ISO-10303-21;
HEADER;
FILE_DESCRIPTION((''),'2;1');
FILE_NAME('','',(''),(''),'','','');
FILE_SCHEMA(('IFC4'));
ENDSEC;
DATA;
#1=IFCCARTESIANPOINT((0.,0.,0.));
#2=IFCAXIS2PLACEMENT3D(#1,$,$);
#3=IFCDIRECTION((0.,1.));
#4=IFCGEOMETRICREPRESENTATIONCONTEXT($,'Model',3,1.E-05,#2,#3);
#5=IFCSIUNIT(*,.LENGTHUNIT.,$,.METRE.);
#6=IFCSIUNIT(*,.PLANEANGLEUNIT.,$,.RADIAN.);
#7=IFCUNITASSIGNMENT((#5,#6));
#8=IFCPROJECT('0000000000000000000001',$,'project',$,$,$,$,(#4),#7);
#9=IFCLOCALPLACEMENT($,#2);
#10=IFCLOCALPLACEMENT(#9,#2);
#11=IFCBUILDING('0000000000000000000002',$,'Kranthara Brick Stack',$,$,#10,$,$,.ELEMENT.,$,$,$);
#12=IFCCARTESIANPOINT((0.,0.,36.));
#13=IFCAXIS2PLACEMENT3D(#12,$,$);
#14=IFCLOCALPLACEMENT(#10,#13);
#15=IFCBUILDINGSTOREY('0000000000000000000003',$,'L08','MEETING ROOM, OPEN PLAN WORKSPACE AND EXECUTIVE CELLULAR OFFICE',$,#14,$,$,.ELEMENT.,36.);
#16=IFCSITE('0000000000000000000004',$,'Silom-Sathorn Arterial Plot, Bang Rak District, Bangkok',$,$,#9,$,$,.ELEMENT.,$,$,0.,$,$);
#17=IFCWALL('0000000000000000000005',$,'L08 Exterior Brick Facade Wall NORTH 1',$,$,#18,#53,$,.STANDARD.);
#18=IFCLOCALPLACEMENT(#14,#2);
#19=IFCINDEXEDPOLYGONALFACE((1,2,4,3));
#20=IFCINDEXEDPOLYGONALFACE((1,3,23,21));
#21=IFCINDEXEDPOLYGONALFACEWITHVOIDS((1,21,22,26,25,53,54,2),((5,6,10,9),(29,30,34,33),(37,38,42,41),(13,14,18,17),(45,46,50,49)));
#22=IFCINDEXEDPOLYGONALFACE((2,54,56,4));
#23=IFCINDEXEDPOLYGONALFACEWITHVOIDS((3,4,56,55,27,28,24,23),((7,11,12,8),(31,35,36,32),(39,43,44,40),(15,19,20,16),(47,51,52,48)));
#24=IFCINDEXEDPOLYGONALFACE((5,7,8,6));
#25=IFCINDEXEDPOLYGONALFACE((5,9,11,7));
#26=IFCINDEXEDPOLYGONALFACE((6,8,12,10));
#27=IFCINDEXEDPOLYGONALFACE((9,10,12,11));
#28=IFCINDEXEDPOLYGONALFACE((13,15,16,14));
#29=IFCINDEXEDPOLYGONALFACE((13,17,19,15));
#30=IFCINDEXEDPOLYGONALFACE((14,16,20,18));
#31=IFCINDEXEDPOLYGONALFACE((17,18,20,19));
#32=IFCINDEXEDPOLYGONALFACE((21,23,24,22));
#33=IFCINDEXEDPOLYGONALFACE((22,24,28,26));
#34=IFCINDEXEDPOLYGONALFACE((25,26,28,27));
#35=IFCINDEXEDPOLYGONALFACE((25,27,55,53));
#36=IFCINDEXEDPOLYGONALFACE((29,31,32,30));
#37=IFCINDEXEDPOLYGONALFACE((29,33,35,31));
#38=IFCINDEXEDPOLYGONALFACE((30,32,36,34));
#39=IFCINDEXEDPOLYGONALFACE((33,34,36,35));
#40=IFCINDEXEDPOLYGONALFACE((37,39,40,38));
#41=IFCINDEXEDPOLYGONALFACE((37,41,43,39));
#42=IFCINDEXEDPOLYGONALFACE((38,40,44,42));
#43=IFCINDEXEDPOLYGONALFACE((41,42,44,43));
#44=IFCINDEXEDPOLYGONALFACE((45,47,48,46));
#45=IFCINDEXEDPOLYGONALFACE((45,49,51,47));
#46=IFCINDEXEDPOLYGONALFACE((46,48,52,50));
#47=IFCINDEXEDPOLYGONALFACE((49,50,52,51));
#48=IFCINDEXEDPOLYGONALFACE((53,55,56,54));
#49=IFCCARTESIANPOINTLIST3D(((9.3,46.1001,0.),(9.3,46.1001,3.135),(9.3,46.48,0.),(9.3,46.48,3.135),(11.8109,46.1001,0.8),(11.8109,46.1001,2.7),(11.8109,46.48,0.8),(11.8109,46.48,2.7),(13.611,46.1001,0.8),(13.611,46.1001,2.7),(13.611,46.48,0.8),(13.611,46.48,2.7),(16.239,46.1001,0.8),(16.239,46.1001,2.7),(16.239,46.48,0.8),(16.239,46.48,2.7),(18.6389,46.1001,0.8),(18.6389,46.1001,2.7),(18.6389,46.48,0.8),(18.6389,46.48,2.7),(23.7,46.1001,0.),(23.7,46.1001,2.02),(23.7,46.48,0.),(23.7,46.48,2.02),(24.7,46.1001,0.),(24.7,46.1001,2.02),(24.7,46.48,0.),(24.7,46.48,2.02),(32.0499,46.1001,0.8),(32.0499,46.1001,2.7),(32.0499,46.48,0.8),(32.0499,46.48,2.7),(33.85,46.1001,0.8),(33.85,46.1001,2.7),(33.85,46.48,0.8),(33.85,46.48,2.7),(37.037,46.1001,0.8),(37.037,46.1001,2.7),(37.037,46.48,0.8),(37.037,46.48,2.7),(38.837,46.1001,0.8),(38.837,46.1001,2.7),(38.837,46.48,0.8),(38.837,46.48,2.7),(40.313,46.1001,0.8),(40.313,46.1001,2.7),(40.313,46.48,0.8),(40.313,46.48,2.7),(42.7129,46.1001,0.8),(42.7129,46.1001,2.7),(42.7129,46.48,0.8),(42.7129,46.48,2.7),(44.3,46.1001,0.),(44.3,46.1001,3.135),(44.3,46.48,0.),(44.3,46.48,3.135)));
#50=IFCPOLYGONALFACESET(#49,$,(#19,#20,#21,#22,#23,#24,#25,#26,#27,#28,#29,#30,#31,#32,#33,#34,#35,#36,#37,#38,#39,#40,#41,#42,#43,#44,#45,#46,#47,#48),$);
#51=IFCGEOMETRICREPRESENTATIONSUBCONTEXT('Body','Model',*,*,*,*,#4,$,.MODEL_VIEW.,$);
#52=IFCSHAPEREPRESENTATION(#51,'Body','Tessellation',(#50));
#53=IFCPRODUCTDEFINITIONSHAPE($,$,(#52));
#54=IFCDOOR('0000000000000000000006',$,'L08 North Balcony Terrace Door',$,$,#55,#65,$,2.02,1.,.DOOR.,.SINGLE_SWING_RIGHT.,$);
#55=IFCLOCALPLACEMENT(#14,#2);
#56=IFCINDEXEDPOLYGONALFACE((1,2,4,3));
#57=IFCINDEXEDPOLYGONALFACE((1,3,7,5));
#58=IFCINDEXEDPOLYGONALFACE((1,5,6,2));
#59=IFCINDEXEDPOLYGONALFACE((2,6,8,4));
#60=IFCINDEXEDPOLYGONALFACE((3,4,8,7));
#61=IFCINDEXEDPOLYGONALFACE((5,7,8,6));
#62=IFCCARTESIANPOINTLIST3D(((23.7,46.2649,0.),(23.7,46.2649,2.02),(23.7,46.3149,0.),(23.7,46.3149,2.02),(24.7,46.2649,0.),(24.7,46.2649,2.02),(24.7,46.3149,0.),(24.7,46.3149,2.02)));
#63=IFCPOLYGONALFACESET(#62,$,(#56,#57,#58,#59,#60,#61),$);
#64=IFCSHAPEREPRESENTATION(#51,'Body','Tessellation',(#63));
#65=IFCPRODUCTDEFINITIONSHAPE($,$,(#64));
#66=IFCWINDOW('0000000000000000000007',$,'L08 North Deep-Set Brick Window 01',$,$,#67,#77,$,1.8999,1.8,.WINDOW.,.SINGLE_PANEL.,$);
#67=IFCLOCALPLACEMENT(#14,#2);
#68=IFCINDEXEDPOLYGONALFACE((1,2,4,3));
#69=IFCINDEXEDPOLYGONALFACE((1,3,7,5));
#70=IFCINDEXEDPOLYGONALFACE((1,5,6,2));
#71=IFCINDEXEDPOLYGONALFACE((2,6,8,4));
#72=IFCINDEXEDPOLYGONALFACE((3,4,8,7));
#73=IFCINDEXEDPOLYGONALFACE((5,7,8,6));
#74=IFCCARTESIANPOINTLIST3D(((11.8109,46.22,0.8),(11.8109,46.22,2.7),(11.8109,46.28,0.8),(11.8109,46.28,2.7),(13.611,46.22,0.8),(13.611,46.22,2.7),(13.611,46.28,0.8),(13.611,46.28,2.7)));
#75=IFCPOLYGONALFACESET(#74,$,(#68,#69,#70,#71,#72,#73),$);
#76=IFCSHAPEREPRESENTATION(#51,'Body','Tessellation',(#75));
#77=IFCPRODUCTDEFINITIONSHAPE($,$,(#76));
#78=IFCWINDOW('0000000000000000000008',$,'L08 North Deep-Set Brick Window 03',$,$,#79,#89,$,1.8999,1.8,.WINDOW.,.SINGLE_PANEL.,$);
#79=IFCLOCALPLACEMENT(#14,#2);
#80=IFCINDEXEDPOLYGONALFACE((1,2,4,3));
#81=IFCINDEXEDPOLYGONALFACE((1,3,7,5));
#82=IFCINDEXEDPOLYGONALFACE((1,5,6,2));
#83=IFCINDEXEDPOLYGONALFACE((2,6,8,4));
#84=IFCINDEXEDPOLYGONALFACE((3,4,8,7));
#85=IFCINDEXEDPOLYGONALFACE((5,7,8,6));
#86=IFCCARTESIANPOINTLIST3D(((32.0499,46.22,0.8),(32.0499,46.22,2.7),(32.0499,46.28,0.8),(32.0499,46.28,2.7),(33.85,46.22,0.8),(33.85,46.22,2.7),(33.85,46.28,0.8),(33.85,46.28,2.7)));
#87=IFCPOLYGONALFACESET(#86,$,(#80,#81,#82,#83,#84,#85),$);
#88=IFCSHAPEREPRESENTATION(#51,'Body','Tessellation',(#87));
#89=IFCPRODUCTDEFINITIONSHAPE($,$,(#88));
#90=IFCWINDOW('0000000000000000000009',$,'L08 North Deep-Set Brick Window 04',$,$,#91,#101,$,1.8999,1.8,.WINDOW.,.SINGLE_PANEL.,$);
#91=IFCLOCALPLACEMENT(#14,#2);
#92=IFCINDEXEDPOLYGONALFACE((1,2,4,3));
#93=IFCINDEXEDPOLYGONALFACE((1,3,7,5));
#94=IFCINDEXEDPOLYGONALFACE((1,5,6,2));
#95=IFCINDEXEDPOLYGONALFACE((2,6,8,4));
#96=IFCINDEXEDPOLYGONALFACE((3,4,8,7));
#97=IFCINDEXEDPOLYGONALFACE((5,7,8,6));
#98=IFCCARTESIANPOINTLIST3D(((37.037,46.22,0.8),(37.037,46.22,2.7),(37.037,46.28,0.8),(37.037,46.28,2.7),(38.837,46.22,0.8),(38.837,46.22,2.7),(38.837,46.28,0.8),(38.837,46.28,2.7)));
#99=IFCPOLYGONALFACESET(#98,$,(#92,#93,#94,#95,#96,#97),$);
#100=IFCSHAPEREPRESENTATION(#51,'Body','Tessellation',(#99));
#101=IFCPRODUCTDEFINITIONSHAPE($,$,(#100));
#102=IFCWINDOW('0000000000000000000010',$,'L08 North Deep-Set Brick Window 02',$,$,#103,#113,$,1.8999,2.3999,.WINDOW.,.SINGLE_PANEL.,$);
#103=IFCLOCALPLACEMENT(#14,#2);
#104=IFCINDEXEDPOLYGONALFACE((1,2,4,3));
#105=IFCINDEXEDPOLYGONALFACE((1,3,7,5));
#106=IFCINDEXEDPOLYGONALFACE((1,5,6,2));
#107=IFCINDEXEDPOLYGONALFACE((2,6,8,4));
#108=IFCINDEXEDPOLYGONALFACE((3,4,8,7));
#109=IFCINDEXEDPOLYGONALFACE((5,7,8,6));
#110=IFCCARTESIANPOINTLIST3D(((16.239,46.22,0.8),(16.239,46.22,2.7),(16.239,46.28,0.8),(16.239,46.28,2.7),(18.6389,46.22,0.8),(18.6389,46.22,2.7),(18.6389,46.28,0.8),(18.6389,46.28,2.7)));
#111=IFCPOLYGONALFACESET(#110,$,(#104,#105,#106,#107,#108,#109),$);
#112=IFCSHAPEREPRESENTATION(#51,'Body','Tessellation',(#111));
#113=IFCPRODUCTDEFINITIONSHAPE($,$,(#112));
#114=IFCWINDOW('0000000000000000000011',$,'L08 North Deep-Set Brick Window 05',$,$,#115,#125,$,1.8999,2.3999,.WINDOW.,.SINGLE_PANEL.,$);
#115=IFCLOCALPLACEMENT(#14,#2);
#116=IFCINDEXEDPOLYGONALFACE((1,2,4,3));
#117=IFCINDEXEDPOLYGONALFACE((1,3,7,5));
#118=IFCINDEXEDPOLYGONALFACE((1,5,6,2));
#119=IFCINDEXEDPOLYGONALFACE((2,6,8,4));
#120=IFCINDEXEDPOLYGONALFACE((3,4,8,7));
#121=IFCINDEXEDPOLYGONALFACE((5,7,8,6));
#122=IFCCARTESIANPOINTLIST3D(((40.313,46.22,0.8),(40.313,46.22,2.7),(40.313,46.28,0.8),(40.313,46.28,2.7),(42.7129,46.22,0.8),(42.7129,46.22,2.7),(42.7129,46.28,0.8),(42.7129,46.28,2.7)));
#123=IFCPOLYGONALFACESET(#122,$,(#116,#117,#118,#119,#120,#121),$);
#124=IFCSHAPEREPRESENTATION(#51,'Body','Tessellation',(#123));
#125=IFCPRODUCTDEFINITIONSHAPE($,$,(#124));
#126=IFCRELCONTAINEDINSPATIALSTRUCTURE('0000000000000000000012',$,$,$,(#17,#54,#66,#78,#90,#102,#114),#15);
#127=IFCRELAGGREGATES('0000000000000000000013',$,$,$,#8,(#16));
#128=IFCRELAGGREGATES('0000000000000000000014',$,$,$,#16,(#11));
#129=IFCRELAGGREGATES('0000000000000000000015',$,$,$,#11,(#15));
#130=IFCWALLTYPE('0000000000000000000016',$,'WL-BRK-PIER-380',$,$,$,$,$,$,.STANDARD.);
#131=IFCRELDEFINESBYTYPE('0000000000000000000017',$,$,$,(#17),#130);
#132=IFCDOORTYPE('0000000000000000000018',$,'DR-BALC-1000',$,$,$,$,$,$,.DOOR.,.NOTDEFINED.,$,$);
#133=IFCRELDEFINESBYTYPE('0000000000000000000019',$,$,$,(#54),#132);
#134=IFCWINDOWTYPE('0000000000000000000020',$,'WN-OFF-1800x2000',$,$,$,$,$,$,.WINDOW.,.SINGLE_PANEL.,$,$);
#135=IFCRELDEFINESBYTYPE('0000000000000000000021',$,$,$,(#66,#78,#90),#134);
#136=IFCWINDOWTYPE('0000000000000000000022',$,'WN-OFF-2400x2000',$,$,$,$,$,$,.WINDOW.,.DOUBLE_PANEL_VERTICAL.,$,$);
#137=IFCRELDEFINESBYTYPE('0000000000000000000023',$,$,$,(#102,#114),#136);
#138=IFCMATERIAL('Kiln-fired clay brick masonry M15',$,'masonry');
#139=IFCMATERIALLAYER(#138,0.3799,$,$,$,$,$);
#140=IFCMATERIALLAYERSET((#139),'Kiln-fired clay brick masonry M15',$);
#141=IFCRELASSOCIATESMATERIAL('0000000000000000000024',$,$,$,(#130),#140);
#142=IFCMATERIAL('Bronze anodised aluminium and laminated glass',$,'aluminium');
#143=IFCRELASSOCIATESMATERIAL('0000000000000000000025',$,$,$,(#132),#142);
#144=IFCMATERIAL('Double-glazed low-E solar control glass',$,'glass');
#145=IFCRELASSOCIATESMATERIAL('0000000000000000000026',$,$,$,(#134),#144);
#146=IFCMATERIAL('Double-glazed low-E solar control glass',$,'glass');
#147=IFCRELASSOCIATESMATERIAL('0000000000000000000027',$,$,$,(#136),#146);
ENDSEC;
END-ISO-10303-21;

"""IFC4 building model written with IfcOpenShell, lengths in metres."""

from ifc_helpers import new_model, si_unit, direction, frame, frame_2d, origin, place, context, subcontext, project, spatial, rectangle, extrude, material, layer, layer_set, type_object, element, fill, save


model = new_model("IFC4")

# Units and contexts
model_context = context("Model", 3, precision=1e-05, world=origin(), true_north=direction((0.0, 1.0)))
body_context = subcontext(model_context, "Body", "Model", "MODEL_VIEW")
ifc_project = project(units=[si_unit("LENGTHUNIT", "METRE"), si_unit("PLANEANGLEUNIT", "RADIAN")], contexts=[model_context])

# Site, building, storey
site_placement = place(None, origin())
site = spatial("IfcSite", under=ifc_project, at=site_placement, Name="Silom-Sathorn Arterial Plot, Bang Rak District, Bangkok", CompositionType="ELEMENT", RefElevation=0.0)
building_placement = place(site_placement, origin())
building = spatial("IfcBuilding", under=site, at=building_placement, Name="Kranthara Brick Stack", CompositionType="ELEMENT")
storey_placement = place(building_placement, frame((0.0, 0.0, 36.0)))
storey = spatial("IfcBuildingStorey", under=building, at=storey_placement, Name="L08", Description="MEETING ROOM, OPEN PLAN WORKSPACE AND EXECUTIVE CELLULAR OFFICE", CompositionType="ELEMENT", Elevation=36.0)

# Shared definitions
ifc_material_1 = material(Name="Kiln-fired clay brick masonry M15", Category="masonry")
ifc_layer_1 = layer(ifc_material_1, 0.3799)
ifc_layer_set_1 = layer_set([ifc_layer_1], Name="Kiln-fired clay brick masonry M15")
wall_type_1 = type_object("IfcWallType", Name="WL-BRK-PIER-380", PredefinedType="STANDARD", material=ifc_layer_set_1)

# Wall, openings, door, windows
wall_1_placement = place(storey_placement, frame((9.3, 46.29, 0.0), z_axis=(0.0, 0.0, 1.0), x_axis=(1.0, 0.0, 0.0)))
wall_1 = element("IfcWall", 1, at=wall_1_placement, inside=storey, type_object=wall_type_1, Name="L08 Exterior Brick Facade Wall NORTH 1", PredefinedType="STANDARD", context=body_context, shape_type="SweptSolid", body=[
    extrude(rectangle(XDim=35.0, YDim=0.3799, at=frame_2d((17.5, 0.0))), origin(), (0.0, 0.0, 1.0), 3.135),
])
opening_1_placement = place(wall_1_placement, frame((14.3999, 0.0, 0.0)))
opening_1 = element("IfcOpeningElement", 2, at=opening_1_placement, cuts=wall_1, PredefinedType="OPENING", context=body_context, shape_type="SweptSolid", body=[
    extrude(rectangle(XDim=1.0, YDim=2.02, at=frame_2d((0.5, 1.01))), frame((0.0, 0.2, 0.0), z_axis=(0.0, -1.0, 0.0), x_axis=(1.0, 0.0, 0.0)), (0.0, 0.0, 1.0), 0.3999),
])
opening_2_placement = place(wall_1_placement, frame((2.511, 0.0, 0.8)))
opening_2 = element("IfcOpeningElement", 3, at=opening_2_placement, cuts=wall_1, PredefinedType="OPENING", context=body_context, shape_type="SweptSolid", body=[
    extrude(rectangle(XDim=1.8, YDim=1.8999, at=frame_2d((0.8999, 0.95))), frame((0.0, 0.2, 0.0), z_axis=(0.0, -1.0, 0.0), x_axis=(1.0, 0.0, 0.0)), (0.0, 0.0, 1.0), 0.3999),
])
opening_3_placement = place(wall_1_placement, frame((6.939, 0.0, 0.8)))
opening_3 = element("IfcOpeningElement", 4, at=opening_3_placement, cuts=wall_1, PredefinedType="OPENING", context=body_context, shape_type="SweptSolid", body=[
    extrude(rectangle(XDim=2.3999, YDim=1.8999, at=frame_2d((1.2, 0.95))), frame((0.0, 0.2, 0.0), z_axis=(0.0, -1.0, 0.0), x_axis=(1.0, 0.0, 0.0)), (0.0, 0.0, 1.0), 0.3999),
])
opening_4_placement = place(wall_1_placement, frame((22.75, 0.0, 0.8)))
opening_4 = element("IfcOpeningElement", 5, at=opening_4_placement, cuts=wall_1, PredefinedType="OPENING", context=body_context, shape_type="SweptSolid", body=[
    extrude(rectangle(XDim=1.8, YDim=1.8999, at=frame_2d((0.8999, 0.95))), frame((0.0, 0.2, 0.0), z_axis=(0.0, -1.0, 0.0), x_axis=(1.0, 0.0, 0.0)), (0.0, 0.0, 1.0), 0.3999),
])
opening_5_placement = place(wall_1_placement, frame((27.7371, 0.0, 0.8)))
opening_5 = element("IfcOpeningElement", 6, at=opening_5_placement, cuts=wall_1, PredefinedType="OPENING", context=body_context, shape_type="SweptSolid", body=[
    extrude(rectangle(XDim=1.8, YDim=1.8999, at=frame_2d((0.8999, 0.95))), frame((0.0, 0.2, 0.0), z_axis=(0.0, -1.0, 0.0), x_axis=(1.0, 0.0, 0.0)), (0.0, 0.0, 1.0), 0.3999),
])
opening_6_placement = place(wall_1_placement, frame((31.0129, 0.0, 0.8)))
opening_6 = element("IfcOpeningElement", 7, at=opening_6_placement, cuts=wall_1, PredefinedType="OPENING", context=body_context, shape_type="SweptSolid", body=[
    extrude(rectangle(XDim=2.3999, YDim=1.8999, at=frame_2d((1.2, 0.95))), frame((0.0, 0.2, 0.0), z_axis=(0.0, -1.0, 0.0), x_axis=(1.0, 0.0, 0.0)), (0.0, 0.0, 1.0), 0.3999),
])
ifc_material_2 = material(Name="Bronze anodised aluminium and laminated glass", Category="aluminium")
door_type_1 = type_object("IfcDoorType", Name="DR-BALC-1000", OperationType="NOTDEFINED", PredefinedType="DOOR", material=ifc_material_2)
door_1_placement = place(opening_1_placement, origin())
door_1 = element("IfcDoor", 8, at=door_1_placement, inside=storey, type_object=door_type_1, Name="L08 North Balcony Terrace Door", OperationType="SINGLE_SWING_RIGHT", OverallHeight=2.02, OverallWidth=1.0, PredefinedType="DOOR", context=body_context, shape_type="SweptSolid", body=[
    extrude(rectangle(XDim=1.0, YDim=2.02, at=frame_2d((0.5, 1.01))), frame((0.0, 0.0249, 0.0), z_axis=(0.0, -1.0, 0.0), x_axis=(1.0, 0.0, 0.0)), (0.0, 0.0, 1.0), 0.05),
])
fill(opening_1, door_1)
ifc_material_3 = material(Name="Double-glazed low-E solar control glass", Category="glass")
window_type_1 = type_object("IfcWindowType", Name="WN-OFF-1800x2000", PartitioningType="SINGLE_PANEL", PredefinedType="WINDOW", material=ifc_material_3)
window_1_placement = place(opening_2_placement, origin())
window_1 = element("IfcWindow", 9, at=window_1_placement, inside=storey, type_object=window_type_1, Name="L08 North Deep-Set Brick Window 01", OverallHeight=1.8999, OverallWidth=1.8, PartitioningType="SINGLE_PANEL", PredefinedType="WINDOW", context=body_context, shape_type="SweptSolid", body=[
    extrude(rectangle(XDim=1.8, YDim=1.8999, at=frame_2d((0.8999, 0.95))), frame((0.0, -0.01, 0.0), z_axis=(0.0, -1.0, 0.0), x_axis=(1.0, 0.0, 0.0)), (0.0, 0.0, 1.0), 0.0601),
])
fill(opening_2, window_1)
window_2_placement = place(opening_4_placement, origin())
window_2 = element("IfcWindow", 10, at=window_2_placement, inside=storey, type_object=window_type_1, Name="L08 North Deep-Set Brick Window 03", OverallHeight=1.8999, OverallWidth=1.8, PartitioningType="SINGLE_PANEL", PredefinedType="WINDOW", context=body_context, shape_type="SweptSolid", body=[
    extrude(rectangle(XDim=1.8, YDim=1.8999, at=frame_2d((0.8999, 0.95))), frame((0.0, -0.01, 0.0), z_axis=(0.0, -1.0, 0.0), x_axis=(1.0, 0.0, 0.0)), (0.0, 0.0, 1.0), 0.0601),
])
fill(opening_4, window_2)
window_3_placement = place(opening_5_placement, origin())
window_3 = element("IfcWindow", 11, at=window_3_placement, inside=storey, type_object=window_type_1, Name="L08 North Deep-Set Brick Window 04", OverallHeight=1.8999, OverallWidth=1.8, PartitioningType="SINGLE_PANEL", PredefinedType="WINDOW", context=body_context, shape_type="SweptSolid", body=[
    extrude(rectangle(XDim=1.8, YDim=1.8999, at=frame_2d((0.8999, 0.95))), frame((0.0, -0.01, 0.0), z_axis=(0.0, -1.0, 0.0), x_axis=(1.0, 0.0, 0.0)), (0.0, 0.0, 1.0), 0.0601),
])
fill(opening_5, window_3)
ifc_material_4 = material(Name="Double-glazed low-E solar control glass", Category="glass")
window_type_2 = type_object("IfcWindowType", Name="WN-OFF-2400x2000", PartitioningType="DOUBLE_PANEL_VERTICAL", PredefinedType="WINDOW", material=ifc_material_4)
window_4_placement = place(opening_3_placement, origin())
window_4 = element("IfcWindow", 12, at=window_4_placement, inside=storey, type_object=window_type_2, Name="L08 North Deep-Set Brick Window 02", OverallHeight=1.8999, OverallWidth=2.3999, PartitioningType="SINGLE_PANEL", PredefinedType="WINDOW", context=body_context, shape_type="SweptSolid", body=[
    extrude(rectangle(XDim=2.3999, YDim=1.8999, at=frame_2d((1.2, 0.95))), frame((0.0, -0.01, 0.0), z_axis=(0.0, -1.0, 0.0), x_axis=(1.0, 0.0, 0.0)), (0.0, 0.0, 1.0), 0.0601),
])
fill(opening_3, window_4)
window_5_placement = place(opening_6_placement, origin())
window_5 = element("IfcWindow", 13, at=window_5_placement, inside=storey, type_object=window_type_2, Name="L08 North Deep-Set Brick Window 05", OverallHeight=1.8999, OverallWidth=2.3999, PartitioningType="SINGLE_PANEL", PredefinedType="WINDOW", context=body_context, shape_type="SweptSolid", body=[
    extrude(rectangle(XDim=2.3999, YDim=1.8999, at=frame_2d((1.2, 0.95))), frame((0.0, -0.01, 0.0), z_axis=(0.0, -1.0, 0.0), x_axis=(1.0, 0.0, 0.0)), (0.0, 0.0, 1.0), 0.0601),
])
fill(opening_6, window_5)

save(model, "model.ifc")
